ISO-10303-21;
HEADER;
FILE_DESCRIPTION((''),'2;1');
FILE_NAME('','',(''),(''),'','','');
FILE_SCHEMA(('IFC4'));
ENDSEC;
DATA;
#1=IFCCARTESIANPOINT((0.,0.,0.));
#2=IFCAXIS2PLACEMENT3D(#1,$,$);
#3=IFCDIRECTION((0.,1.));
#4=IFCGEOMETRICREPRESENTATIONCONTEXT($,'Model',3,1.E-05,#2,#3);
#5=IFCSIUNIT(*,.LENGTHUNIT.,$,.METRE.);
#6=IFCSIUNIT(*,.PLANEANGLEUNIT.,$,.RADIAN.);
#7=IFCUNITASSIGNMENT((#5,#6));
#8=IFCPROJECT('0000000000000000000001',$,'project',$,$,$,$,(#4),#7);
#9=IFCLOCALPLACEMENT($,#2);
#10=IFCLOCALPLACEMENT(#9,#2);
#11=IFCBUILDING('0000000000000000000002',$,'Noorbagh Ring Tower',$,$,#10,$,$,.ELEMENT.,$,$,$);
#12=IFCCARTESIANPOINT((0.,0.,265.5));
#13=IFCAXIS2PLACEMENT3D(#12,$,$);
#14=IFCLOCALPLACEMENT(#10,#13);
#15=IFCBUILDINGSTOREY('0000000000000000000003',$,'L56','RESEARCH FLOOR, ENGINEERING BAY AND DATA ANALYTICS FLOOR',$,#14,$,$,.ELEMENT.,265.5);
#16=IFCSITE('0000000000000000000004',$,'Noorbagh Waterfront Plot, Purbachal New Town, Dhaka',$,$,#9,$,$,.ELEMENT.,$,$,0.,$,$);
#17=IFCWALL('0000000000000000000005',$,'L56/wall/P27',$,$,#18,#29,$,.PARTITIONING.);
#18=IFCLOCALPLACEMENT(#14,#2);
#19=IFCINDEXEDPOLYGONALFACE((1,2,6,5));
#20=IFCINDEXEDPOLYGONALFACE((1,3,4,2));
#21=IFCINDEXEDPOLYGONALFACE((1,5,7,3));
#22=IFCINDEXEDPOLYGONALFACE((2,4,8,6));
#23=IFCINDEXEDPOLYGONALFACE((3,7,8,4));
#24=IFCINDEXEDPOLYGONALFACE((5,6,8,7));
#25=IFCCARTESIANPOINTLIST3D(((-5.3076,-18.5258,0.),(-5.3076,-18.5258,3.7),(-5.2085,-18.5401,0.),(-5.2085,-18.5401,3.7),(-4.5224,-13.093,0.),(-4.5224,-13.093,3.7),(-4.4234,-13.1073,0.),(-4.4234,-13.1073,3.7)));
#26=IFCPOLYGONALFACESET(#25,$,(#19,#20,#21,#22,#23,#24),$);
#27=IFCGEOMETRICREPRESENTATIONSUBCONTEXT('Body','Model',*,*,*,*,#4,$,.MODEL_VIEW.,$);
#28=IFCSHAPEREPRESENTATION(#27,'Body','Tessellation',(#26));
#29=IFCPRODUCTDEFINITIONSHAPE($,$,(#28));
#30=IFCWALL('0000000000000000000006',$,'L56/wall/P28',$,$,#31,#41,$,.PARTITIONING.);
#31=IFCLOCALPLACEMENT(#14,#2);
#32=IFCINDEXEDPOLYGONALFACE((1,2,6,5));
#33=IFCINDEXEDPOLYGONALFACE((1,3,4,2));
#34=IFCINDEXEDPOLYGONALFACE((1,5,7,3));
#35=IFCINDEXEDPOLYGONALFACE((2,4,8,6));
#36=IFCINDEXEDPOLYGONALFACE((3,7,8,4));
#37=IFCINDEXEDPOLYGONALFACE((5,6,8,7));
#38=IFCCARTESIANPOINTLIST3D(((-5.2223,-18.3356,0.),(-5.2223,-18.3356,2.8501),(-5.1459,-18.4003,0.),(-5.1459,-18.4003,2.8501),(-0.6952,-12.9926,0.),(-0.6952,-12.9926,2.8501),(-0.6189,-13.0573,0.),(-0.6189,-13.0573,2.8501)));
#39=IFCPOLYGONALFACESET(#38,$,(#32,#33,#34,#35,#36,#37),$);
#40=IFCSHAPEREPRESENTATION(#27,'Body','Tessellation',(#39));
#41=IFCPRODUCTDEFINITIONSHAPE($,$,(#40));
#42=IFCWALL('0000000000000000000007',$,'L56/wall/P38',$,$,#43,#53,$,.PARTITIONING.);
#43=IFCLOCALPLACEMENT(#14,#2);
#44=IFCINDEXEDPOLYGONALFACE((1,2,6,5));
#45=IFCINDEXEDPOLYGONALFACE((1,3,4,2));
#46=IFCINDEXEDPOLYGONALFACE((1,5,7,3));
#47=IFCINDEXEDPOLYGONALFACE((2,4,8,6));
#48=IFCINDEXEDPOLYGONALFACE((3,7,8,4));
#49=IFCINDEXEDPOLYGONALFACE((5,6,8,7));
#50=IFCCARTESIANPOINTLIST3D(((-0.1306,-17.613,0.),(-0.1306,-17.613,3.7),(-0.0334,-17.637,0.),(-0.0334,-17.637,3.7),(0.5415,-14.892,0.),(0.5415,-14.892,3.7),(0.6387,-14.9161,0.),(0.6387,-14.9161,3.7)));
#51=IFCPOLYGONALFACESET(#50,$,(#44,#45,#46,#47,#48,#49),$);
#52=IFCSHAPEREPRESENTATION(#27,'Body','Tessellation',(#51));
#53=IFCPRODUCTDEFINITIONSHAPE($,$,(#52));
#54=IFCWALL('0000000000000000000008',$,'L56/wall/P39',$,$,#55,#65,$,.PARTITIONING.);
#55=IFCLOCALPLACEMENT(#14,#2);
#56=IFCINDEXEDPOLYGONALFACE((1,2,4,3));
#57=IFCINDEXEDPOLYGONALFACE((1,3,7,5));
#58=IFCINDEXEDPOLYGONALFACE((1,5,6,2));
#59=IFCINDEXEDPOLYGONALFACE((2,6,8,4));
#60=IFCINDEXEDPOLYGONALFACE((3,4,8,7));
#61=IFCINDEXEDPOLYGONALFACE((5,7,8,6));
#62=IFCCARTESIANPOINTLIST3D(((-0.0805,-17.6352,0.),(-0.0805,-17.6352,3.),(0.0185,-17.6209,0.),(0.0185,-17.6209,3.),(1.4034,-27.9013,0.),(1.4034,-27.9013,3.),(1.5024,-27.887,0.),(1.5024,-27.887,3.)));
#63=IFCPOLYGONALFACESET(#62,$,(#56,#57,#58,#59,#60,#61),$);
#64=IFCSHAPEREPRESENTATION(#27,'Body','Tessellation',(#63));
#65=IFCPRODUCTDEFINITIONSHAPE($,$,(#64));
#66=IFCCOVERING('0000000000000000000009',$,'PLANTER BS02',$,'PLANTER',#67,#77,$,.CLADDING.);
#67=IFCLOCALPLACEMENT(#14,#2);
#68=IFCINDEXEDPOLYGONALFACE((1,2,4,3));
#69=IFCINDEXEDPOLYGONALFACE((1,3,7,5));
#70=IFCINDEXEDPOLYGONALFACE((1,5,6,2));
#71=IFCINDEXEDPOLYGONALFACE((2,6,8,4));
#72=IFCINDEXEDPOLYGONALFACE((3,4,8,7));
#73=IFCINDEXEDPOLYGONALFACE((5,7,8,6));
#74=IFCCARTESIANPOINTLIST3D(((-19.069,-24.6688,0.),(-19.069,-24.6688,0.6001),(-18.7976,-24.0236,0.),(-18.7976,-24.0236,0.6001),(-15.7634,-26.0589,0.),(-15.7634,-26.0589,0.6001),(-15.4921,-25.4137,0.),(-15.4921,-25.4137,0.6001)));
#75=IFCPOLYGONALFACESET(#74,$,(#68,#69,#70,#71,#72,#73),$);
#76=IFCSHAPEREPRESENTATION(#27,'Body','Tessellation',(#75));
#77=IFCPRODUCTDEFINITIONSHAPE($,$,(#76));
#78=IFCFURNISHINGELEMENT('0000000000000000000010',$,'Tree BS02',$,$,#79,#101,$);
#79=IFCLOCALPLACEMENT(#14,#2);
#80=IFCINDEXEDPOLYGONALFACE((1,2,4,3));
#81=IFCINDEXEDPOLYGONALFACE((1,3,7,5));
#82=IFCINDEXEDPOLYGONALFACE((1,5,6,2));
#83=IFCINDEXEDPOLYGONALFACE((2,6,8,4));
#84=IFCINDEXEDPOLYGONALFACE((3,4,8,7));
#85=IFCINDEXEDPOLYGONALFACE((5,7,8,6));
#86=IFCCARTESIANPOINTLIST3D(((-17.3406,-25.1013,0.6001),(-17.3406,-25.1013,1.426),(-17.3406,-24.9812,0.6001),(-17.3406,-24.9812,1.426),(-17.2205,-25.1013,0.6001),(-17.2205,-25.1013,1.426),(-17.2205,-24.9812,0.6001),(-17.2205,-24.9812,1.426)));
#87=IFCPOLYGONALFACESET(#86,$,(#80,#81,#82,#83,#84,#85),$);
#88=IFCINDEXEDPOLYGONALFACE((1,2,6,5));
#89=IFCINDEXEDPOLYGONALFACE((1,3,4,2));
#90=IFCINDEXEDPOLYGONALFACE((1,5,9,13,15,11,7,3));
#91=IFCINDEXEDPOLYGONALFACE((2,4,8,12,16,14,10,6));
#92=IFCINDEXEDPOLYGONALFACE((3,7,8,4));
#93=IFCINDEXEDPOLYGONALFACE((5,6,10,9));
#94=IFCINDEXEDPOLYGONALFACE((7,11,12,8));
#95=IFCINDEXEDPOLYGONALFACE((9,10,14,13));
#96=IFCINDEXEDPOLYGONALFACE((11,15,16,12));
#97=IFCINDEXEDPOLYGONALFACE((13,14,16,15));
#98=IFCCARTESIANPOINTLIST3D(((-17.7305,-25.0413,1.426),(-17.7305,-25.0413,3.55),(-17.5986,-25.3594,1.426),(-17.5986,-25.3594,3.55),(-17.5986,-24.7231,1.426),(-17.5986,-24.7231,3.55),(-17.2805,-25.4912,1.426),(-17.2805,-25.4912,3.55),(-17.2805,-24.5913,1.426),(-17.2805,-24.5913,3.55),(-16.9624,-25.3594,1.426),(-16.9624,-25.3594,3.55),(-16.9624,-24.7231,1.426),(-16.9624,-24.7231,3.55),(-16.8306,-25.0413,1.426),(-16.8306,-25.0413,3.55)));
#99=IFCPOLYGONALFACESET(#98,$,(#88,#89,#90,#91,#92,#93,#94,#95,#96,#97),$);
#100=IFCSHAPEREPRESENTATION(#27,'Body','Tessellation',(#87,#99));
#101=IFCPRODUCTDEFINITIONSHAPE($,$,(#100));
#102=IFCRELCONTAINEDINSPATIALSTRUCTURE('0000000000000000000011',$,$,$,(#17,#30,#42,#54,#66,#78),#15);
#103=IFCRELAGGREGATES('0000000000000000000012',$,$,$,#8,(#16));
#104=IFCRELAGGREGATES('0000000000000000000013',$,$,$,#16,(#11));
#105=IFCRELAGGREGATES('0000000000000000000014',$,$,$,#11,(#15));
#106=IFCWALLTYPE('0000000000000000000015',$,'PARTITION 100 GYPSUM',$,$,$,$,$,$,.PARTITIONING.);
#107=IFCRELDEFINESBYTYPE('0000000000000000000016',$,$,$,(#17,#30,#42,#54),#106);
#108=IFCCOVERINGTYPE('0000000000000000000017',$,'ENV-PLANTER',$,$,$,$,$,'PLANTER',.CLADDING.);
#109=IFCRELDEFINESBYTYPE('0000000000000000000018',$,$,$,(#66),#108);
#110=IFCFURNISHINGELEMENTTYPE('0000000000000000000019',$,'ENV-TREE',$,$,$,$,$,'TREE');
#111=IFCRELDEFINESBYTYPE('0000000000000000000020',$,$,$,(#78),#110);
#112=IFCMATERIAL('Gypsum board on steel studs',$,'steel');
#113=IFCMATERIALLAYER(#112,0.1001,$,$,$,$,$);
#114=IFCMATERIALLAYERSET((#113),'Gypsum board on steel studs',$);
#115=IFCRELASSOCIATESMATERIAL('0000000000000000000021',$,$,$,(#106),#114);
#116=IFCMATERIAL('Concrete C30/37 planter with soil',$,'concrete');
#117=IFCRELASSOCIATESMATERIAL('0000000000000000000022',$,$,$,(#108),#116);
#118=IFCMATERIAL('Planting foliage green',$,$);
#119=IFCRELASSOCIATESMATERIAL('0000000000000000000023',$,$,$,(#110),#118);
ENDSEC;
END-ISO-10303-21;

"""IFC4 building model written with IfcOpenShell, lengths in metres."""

from ifc_helpers import new_model, si_unit, direction, frame, frame_2d, origin, origin_2d, place, context, subcontext, project, spatial, polyline, rectangle, outline, extrude, material, layer, layer_set, type_object, element, save


model = new_model("IFC4")

# Units and contexts
model_context = context("Model", 3, precision=1e-05, world=origin(), true_north=direction((0.0, 1.0)))
body_context = subcontext(model_context, "Body", "Model", "MODEL_VIEW")
ifc_project = project(units=[si_unit("LENGTHUNIT", "METRE"), si_unit("PLANEANGLEUNIT", "RADIAN")], contexts=[model_context])

# Site, building, storey
site_placement = place(None, origin())
site = spatial("IfcSite", under=ifc_project, at=site_placement, Name="Noorbagh Waterfront Plot, Purbachal New Town, Dhaka", CompositionType="ELEMENT", RefElevation=0.0)
building_placement = place(site_placement, origin())
building = spatial("IfcBuilding", under=site, at=building_placement, Name="Noorbagh Ring Tower", CompositionType="ELEMENT")
storey_placement = place(building_placement, frame((0.0, 0.0, 265.5)))
storey = spatial("IfcBuildingStorey", under=building, at=storey_placement, Name="L56", Description="RESEARCH FLOOR, ENGINEERING BAY AND DATA ANALYTICS FLOOR", CompositionType="ELEMENT", Elevation=265.5)

# Walls
ifc_material_1 = material(Name="Gypsum board on steel studs", Category="steel")
ifc_layer_1 = layer(ifc_material_1, 0.1001)
ifc_layer_set_1 = layer_set([ifc_layer_1], Name="Gypsum board on steel studs")
wall_type_1 = type_object("IfcWallType", Name="PARTITION 100 GYPSUM", PredefinedType="PARTITIONING", material=ifc_layer_set_1)
wall_1_placement = place(storey_placement, frame((-5.2581, -18.533, 0.0), z_axis=(0.0, 0.0, 1.0), x_axis=(0.143034, 0.989718, 0.0)))
element("IfcWall", 1, at=wall_1_placement, inside=storey, type_object=wall_type_1, Name="L56/wall/P27", PredefinedType="PARTITIONING", context=body_context, shape_type="SweptSolid", body=[
    extrude(rectangle(XDim=5.4893, YDim=0.1001, at=frame_2d((2.7446, 0.0))), origin(), (0.0, 0.0, 1.0), 3.7),
])
wall_2_placement = place(storey_placement, frame((-5.1841, -18.3679, 0.0), z_axis=(0.0, 0.0, 1.0), x_axis=(0.646448, 0.762958, 0.0)))
element("IfcWall", 2, at=wall_2_placement, inside=storey, type_object=wall_type_1, Name="L56/wall/P28", PredefinedType="PARTITIONING", context=body_context, shape_type="SweptSolid", body=[
    extrude(rectangle(XDim=7.0029, YDim=0.1001, at=frame_2d((3.5015, 0.0))), origin(), (0.0, 0.0, 1.0), 2.8501),
])
wall_3_placement = place(storey_placement, frame((-0.082, -17.625, 0.0), z_axis=(0.0, 0.0, 1.0), x_axis=(0.239809, 0.97082, 0.0)))
element("IfcWall", 3, at=wall_3_placement, inside=storey, type_object=wall_type_1, Name="L56/wall/P38", PredefinedType="PARTITIONING", context=body_context, shape_type="SweptSolid", body=[
    extrude(rectangle(XDim=2.8027, YDim=0.1001, at=frame_2d((1.4014, 0.0))), origin(), (0.0, 0.0, 1.0), 3.7),
])
wall_4_placement = place(storey_placement, frame((-0.031, -17.6279, 0.0), z_axis=(0.0, 0.0, 1.0), x_axis=(0.143056, -0.989715, 0.0)))
element("IfcWall", 4, at=wall_4_placement, inside=storey, type_object=wall_type_1, Name="L56/wall/P39", PredefinedType="PARTITIONING", context=body_context, shape_type="SweptSolid", body=[
    extrude(rectangle(XDim=10.3728, YDim=0.1001, at=frame_2d((5.1865, 0.0))), origin(), (0.0, 0.0, 1.0), 3.0),
])

# Covering
ifc_material_2 = material(Name="Concrete C30/37 planter with soil", Category="concrete")
covering_type = type_object("IfcCoveringType", Name="ENV-PLANTER", ElementType="PLANTER", PredefinedType="CLADDING", material=ifc_material_2)
covering_placement = place(storey_placement, frame((-17.2805, -25.0413, 0.0), z_axis=(0.0, 0.0, 1.0), x_axis=(0.921812, -0.387638, 0.0)))
element("IfcCovering", 5, at=covering_placement, inside=storey, type_object=covering_type, Name="PLANTER BS02", ObjectType="PLANTER", PredefinedType="CLADDING", context=body_context, shape_type="SweptSolid", body=[
    extrude(rectangle(XDim=3.5859, YDim=0.7, at=origin_2d()), origin(), (0.0, 0.0, 1.0), 0.6001),
])

# Furnishing element
ifc_material_3 = material(Name="Planting foliage green")
furnishing_element_type = type_object("IfcFurnishingElementType", Name="ENV-TREE", ElementType="TREE", material=ifc_material_3)
furnishing_placement = place(storey_placement, frame((-17.2805, -25.0413, 0.6001), z_axis=(0.0, 0.0, 1.0), x_axis=(1.0, 0.0, 0.0)))
element("IfcFurnishingElement", 6, at=furnishing_placement, inside=storey, type_object=furnishing_element_type, Name="Tree BS02", context=body_context, shape_type="SweptSolid", body=[
    extrude(rectangle(XDim=0.1201, YDim=0.1201, at=origin_2d()), origin(), (0.0, 0.0, 1.0), 0.8259),
    extrude(outline(polyline([(0.45, 0.0), (0.3181, 0.3181), (0.0, 0.45), (-0.3181, 0.3181), (-0.45, 0.0), (-0.3181, -0.3181), (0.0, -0.45), (0.3181, -0.3181), (0.45, 0.0)])), frame((0.0, 0.0, 0.8259)), (0.0, 0.0, 1.0), 2.124),
])

save(model, "model.ifc")
